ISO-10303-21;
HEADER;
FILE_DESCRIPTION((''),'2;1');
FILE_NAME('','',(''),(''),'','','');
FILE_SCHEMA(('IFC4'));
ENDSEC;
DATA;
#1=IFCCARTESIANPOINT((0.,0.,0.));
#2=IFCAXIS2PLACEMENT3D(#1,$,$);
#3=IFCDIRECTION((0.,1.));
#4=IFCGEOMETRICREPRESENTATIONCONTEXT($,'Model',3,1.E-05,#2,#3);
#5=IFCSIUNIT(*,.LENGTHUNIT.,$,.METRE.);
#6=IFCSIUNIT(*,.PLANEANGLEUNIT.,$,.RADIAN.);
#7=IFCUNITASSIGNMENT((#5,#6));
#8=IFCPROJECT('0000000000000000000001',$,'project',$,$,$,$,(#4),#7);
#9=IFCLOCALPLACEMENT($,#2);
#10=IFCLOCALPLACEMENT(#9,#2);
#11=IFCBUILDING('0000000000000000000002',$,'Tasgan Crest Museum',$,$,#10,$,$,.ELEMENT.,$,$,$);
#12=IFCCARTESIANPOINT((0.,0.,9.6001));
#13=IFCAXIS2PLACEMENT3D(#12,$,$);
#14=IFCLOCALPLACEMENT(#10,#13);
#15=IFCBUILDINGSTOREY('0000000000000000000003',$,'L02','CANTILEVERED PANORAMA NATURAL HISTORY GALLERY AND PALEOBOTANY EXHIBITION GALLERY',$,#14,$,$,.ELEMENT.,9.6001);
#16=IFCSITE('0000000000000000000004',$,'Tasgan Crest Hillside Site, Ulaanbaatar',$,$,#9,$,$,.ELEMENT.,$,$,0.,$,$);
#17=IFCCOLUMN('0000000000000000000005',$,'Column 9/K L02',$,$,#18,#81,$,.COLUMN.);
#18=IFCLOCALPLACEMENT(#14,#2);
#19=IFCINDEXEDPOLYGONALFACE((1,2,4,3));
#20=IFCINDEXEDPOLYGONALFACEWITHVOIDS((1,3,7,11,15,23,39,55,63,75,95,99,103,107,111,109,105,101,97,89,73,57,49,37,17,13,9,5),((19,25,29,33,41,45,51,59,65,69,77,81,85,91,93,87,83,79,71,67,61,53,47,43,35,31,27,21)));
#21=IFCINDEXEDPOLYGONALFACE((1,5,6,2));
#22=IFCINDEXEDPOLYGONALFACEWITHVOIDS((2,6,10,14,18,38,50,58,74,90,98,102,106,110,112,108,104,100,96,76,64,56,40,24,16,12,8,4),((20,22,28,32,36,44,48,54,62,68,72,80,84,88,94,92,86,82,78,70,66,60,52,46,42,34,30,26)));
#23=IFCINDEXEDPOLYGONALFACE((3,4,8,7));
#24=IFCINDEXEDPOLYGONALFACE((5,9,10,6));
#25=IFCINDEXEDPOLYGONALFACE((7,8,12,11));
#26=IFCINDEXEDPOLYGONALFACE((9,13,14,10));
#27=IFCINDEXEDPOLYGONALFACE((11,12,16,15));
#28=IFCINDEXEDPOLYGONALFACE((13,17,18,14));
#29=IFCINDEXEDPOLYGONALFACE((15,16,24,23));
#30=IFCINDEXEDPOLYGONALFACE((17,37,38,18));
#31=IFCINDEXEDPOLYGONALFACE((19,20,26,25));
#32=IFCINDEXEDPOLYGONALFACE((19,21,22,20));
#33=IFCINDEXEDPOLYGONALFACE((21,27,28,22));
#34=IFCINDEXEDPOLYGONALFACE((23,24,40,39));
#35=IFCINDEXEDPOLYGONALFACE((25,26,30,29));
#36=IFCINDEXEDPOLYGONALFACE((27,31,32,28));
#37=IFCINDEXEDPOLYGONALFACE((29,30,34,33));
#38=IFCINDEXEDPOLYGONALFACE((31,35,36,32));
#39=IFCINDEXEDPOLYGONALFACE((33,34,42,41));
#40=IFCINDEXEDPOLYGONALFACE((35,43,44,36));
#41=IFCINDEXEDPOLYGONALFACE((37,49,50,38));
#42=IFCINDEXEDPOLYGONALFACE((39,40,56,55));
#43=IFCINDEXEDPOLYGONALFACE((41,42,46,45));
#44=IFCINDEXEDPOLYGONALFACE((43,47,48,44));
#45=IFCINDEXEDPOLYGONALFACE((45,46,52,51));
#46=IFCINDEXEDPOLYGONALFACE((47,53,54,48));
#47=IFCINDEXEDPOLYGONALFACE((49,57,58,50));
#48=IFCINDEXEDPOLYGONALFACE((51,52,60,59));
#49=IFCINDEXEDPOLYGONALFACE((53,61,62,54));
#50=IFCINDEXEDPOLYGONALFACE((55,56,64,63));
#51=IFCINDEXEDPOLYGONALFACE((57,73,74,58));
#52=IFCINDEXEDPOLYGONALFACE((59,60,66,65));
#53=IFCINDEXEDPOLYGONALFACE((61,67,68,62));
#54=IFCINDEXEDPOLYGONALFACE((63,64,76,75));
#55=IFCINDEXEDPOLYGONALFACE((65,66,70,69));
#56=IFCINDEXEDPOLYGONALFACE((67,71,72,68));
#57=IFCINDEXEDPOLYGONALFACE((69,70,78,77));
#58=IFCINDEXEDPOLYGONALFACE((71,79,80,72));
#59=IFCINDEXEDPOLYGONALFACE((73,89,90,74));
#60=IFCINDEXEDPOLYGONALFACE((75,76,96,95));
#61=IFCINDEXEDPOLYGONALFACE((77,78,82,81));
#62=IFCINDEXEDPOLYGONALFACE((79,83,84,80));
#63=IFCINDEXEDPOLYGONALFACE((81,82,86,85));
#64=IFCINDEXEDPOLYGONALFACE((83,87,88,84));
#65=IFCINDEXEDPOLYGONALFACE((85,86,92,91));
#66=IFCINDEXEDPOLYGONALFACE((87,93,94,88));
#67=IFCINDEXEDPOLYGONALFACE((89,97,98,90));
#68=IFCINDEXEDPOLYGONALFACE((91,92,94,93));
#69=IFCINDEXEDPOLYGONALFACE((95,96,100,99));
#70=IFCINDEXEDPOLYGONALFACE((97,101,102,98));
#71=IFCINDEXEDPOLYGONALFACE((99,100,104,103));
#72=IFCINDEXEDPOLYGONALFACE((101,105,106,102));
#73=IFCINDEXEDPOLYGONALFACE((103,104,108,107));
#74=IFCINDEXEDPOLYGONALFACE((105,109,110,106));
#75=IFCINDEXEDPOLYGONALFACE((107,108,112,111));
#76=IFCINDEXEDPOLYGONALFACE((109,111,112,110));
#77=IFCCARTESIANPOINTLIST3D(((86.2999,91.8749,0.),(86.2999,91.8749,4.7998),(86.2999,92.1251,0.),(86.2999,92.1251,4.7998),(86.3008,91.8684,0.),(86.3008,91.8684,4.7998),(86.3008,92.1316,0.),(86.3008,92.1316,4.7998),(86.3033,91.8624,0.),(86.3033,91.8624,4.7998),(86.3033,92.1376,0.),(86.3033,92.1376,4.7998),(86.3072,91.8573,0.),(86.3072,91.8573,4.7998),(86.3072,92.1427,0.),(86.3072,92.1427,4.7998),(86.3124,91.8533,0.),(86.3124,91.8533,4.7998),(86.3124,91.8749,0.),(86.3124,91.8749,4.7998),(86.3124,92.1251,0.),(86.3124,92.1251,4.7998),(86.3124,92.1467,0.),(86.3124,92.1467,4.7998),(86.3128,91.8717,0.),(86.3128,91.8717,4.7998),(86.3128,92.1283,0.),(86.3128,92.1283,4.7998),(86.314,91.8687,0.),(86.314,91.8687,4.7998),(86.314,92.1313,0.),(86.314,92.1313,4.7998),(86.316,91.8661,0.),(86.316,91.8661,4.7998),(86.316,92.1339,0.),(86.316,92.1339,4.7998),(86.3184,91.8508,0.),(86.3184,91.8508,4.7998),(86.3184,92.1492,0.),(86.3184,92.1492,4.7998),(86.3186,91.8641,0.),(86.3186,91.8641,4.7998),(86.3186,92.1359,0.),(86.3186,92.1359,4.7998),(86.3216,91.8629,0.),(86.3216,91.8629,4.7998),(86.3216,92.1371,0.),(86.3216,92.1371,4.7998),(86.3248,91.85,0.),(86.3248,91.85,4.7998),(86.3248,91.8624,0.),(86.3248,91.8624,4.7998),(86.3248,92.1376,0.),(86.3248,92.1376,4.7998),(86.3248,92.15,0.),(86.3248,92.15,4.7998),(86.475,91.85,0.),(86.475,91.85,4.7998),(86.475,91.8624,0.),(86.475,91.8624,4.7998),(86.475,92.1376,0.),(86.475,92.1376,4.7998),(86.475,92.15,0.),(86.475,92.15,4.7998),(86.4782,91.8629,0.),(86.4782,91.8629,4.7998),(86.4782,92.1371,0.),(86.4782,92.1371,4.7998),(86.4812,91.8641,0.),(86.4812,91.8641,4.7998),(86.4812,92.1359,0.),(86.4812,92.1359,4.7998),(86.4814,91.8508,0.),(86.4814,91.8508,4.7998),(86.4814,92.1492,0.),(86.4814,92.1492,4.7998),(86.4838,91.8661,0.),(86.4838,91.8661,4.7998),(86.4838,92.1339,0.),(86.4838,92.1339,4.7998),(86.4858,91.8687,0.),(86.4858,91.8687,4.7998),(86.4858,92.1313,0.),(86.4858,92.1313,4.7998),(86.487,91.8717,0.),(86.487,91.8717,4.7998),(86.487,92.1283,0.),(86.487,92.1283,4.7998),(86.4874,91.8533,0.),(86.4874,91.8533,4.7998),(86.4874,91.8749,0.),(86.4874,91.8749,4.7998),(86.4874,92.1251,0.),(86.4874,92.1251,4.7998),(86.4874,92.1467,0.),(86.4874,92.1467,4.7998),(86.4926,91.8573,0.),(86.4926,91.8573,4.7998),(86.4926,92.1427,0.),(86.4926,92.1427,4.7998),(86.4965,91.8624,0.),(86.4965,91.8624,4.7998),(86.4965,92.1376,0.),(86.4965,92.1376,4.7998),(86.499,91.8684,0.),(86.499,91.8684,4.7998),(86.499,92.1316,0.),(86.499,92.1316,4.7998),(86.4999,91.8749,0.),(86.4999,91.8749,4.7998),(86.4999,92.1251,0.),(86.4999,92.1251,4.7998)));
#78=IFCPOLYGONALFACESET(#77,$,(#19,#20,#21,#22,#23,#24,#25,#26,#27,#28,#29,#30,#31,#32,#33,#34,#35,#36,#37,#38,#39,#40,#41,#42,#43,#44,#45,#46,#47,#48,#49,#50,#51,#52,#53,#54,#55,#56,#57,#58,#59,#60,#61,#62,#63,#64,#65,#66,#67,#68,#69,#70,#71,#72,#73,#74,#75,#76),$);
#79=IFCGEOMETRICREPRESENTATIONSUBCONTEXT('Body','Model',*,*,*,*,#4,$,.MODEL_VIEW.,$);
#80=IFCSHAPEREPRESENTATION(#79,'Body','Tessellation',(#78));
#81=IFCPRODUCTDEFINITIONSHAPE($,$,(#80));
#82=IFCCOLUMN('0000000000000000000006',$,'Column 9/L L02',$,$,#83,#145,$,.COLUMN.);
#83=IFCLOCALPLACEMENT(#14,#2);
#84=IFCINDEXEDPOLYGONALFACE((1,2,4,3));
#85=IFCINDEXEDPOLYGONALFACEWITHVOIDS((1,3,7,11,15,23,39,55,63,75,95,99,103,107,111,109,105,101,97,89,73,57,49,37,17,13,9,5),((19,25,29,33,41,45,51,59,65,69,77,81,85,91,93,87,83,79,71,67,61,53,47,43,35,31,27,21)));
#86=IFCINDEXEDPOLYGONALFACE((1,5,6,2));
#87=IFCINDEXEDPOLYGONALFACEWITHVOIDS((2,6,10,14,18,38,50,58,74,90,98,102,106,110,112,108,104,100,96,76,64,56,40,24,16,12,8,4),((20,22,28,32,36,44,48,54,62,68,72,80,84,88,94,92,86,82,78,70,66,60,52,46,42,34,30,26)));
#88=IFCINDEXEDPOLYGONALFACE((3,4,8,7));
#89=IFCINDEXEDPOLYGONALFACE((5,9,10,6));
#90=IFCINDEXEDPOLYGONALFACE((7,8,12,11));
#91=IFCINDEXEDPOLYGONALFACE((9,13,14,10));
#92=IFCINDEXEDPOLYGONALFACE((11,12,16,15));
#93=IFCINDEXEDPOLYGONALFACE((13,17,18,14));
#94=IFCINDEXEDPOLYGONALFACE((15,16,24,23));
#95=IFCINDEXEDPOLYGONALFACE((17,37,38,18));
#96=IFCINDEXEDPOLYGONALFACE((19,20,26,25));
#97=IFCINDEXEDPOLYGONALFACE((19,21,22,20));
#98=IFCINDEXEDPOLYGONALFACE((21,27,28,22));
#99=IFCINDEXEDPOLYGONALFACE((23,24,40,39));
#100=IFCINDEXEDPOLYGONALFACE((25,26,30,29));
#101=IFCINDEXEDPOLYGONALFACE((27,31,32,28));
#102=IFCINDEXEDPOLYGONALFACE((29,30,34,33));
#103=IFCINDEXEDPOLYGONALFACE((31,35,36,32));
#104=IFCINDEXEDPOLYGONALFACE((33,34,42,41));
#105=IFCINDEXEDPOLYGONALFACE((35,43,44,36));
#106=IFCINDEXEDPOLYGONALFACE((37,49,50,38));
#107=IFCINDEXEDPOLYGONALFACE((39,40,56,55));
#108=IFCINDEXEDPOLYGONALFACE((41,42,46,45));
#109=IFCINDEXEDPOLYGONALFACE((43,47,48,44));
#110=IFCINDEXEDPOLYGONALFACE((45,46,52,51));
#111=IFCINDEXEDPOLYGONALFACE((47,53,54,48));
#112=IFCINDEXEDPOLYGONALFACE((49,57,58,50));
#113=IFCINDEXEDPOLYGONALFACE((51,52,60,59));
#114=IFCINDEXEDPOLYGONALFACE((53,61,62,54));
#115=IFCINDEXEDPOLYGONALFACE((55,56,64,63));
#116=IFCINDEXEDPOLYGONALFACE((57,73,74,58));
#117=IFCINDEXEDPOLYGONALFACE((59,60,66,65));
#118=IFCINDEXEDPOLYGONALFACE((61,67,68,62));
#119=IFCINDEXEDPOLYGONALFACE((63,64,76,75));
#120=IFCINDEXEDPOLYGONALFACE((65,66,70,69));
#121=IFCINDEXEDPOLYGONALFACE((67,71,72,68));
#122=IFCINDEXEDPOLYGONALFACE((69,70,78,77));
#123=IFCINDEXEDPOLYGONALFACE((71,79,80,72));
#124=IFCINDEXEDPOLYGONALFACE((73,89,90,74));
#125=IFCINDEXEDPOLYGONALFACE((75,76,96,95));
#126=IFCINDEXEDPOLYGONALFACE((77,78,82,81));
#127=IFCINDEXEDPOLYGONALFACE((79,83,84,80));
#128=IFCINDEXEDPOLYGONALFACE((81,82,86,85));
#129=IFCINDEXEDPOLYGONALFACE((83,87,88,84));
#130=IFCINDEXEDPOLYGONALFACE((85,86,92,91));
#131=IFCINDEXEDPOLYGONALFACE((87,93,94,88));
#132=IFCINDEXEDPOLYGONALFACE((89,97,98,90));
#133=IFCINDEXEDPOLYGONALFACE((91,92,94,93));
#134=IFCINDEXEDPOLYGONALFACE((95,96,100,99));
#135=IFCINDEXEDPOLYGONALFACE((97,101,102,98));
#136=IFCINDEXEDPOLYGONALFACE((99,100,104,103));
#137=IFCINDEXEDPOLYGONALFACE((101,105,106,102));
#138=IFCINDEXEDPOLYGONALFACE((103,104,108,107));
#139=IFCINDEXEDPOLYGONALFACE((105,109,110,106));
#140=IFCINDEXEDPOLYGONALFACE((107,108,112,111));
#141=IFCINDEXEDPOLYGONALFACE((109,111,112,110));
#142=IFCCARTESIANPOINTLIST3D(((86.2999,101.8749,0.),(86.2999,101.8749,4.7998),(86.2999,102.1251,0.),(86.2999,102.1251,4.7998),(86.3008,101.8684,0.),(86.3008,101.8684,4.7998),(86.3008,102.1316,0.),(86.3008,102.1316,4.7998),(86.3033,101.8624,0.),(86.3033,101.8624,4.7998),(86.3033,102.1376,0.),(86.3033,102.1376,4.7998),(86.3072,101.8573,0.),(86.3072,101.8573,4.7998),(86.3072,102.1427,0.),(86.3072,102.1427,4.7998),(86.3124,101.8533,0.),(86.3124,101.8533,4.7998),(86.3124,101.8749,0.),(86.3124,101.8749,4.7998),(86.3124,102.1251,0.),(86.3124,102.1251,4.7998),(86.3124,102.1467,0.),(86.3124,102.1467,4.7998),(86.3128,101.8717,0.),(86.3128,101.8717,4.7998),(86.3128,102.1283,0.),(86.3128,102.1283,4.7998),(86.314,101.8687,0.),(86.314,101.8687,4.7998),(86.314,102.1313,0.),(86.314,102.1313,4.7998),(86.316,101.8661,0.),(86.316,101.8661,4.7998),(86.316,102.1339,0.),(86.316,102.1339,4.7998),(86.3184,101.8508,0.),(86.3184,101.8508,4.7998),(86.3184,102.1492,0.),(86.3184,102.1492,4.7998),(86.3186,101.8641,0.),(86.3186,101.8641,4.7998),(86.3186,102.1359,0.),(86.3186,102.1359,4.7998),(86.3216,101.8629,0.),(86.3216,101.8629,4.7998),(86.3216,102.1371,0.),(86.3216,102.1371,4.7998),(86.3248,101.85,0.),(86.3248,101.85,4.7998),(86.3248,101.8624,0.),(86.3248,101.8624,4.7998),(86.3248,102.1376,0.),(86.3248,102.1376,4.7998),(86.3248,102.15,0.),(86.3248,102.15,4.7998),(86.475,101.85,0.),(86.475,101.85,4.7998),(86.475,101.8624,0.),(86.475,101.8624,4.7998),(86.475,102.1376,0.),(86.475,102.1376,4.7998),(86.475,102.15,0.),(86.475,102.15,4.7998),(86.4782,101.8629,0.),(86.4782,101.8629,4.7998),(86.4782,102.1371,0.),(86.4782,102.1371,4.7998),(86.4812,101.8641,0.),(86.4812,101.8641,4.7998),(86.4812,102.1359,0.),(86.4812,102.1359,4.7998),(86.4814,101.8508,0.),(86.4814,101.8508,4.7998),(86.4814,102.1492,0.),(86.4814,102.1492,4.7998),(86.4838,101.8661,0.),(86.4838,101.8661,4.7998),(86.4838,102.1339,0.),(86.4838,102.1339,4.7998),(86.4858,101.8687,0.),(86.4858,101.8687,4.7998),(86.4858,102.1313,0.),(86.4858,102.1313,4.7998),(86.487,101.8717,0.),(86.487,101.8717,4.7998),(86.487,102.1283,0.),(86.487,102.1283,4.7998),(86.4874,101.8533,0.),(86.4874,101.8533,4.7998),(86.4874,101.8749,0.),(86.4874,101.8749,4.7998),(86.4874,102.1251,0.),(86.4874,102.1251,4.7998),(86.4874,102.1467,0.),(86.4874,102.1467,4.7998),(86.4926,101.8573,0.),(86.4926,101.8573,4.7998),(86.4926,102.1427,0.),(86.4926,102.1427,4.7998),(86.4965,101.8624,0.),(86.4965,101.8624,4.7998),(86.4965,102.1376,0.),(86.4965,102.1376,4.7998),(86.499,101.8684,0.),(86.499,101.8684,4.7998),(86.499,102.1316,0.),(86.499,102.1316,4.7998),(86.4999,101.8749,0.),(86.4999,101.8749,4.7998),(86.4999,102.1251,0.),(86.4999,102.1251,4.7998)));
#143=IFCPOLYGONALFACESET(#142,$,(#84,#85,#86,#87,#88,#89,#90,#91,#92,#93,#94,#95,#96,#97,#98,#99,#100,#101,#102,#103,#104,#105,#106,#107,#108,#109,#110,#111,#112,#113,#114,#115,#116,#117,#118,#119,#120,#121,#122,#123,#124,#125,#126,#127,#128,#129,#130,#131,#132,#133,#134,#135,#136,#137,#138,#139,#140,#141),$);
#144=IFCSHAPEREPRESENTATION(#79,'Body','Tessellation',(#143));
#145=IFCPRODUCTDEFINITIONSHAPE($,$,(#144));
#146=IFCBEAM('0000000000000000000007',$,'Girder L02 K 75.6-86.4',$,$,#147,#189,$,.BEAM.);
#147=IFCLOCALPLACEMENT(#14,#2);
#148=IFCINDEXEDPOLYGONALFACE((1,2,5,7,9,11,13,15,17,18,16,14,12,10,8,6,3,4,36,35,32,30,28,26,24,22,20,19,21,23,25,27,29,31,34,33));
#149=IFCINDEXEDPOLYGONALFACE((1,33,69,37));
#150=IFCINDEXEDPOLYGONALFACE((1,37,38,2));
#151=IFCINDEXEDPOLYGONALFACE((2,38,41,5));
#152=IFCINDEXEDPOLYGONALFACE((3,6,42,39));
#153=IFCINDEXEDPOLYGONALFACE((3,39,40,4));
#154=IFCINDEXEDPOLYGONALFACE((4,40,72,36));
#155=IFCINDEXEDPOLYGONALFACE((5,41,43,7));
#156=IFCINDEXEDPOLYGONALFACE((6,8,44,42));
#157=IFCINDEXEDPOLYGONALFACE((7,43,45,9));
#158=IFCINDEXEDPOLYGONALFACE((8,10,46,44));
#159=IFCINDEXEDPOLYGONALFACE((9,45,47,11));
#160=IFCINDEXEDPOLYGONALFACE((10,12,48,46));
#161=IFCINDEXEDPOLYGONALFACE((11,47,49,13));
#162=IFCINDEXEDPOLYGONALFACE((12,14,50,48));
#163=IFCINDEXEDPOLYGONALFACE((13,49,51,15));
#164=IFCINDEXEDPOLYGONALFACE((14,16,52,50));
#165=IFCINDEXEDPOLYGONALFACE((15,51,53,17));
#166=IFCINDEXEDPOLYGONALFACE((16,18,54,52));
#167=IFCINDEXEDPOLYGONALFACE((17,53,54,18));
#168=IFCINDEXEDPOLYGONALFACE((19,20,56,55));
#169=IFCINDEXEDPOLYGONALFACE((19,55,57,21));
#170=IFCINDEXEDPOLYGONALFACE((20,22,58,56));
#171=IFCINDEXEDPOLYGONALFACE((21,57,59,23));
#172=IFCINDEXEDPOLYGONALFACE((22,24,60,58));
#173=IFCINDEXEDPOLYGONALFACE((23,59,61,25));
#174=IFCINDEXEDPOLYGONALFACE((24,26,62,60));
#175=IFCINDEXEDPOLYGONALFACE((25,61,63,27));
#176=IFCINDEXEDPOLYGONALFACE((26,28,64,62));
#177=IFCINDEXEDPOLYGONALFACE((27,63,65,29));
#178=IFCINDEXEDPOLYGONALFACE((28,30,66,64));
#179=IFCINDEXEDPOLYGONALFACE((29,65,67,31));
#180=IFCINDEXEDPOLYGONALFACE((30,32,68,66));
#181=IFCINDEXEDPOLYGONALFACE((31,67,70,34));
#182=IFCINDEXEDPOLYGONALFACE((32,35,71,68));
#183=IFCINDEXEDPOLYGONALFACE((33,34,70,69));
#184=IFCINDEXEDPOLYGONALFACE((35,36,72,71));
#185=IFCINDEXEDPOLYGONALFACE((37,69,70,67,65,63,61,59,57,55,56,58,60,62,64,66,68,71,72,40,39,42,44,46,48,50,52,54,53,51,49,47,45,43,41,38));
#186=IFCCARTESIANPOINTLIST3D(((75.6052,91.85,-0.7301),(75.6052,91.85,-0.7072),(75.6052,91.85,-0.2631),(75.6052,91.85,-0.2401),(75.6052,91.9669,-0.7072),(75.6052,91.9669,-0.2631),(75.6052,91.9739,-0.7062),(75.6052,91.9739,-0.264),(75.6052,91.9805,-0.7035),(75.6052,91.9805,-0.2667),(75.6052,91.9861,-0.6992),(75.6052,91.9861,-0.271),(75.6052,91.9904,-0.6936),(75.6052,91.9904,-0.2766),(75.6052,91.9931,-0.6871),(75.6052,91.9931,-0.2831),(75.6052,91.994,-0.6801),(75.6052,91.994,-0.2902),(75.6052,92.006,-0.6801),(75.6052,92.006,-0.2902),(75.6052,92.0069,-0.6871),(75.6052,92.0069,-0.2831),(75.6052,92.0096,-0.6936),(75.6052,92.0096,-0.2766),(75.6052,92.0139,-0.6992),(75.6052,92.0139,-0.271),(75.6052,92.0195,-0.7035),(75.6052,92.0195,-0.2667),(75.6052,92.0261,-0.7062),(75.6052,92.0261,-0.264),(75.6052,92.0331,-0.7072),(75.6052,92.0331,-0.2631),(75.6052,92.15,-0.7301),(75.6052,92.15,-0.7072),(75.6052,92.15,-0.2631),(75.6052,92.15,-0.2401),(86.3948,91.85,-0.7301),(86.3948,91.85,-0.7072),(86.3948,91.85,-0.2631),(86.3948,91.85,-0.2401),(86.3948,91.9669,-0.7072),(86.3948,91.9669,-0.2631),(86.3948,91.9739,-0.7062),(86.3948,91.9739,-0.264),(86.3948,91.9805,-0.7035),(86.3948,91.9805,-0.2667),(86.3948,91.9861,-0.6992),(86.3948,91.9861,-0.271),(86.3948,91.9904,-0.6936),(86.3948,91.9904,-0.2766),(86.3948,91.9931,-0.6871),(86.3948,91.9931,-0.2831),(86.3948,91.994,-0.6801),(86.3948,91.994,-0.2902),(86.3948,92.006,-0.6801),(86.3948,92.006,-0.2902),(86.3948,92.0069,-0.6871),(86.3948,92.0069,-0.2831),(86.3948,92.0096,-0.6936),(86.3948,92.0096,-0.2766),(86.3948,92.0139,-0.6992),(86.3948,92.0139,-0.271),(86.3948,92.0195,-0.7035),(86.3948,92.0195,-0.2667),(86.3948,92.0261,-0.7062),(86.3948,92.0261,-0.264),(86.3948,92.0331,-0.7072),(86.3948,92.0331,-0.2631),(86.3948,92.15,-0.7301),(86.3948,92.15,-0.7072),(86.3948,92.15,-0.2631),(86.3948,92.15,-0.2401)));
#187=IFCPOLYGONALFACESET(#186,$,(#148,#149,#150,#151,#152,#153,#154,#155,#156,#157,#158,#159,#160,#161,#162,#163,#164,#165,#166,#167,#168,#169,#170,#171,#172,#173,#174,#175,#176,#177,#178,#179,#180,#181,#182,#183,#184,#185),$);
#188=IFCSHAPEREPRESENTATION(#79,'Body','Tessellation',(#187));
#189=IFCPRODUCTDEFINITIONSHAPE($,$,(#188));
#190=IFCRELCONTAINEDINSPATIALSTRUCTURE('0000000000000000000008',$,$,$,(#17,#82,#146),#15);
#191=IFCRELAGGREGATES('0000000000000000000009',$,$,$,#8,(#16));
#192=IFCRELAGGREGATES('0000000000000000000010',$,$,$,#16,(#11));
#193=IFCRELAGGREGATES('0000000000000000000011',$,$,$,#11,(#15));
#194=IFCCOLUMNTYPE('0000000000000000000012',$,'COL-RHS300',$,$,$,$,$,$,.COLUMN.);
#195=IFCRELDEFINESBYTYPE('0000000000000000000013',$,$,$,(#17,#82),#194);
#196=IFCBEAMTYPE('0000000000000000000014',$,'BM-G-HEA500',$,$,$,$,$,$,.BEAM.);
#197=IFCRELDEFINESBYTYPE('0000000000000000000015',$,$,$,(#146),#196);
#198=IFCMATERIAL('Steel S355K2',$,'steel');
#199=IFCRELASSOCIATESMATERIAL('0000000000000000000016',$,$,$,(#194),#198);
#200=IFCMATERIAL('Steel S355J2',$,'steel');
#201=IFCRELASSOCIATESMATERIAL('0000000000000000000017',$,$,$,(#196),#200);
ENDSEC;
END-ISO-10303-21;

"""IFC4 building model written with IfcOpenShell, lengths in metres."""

from ifc_helpers import new_model, si_unit, direction, frame, origin, origin_2d, place, context, subcontext, project, spatial, hollow_rectangle, i_section, extrude, material, material_profile, profile_set, type_object, element, save


model = new_model("IFC4")

# Units and contexts
model_context = context("Model", 3, precision=1e-05, world=origin(), true_north=direction((0.0, 1.0)))
body_context = subcontext(model_context, "Body", "Model", "MODEL_VIEW")
ifc_project = project(units=[si_unit("LENGTHUNIT", "METRE"), si_unit("PLANEANGLEUNIT", "RADIAN")], contexts=[model_context])

# Site, building, storey
site_placement = place(None, origin())
site = spatial("IfcSite", under=ifc_project, at=site_placement, Name="Tasgan Crest Hillside Site, Ulaanbaatar", CompositionType="ELEMENT", RefElevation=0.0)
building_placement = place(site_placement, origin())
building = spatial("IfcBuilding", under=site, at=building_placement, Name="Tasgan Crest Museum", CompositionType="ELEMENT")
storey_placement = place(building_placement, frame((0.0, 0.0, 9.6001)))
storey = spatial("IfcBuildingStorey", under=building, at=storey_placement, Name="L02", Description="CANTILEVERED PANORAMA NATURAL HISTORY GALLERY AND PALEOBOTANY EXHIBITION GALLERY", CompositionType="ELEMENT", Elevation=9.6001)

# Columns
ifc_material_1 = material(Name="Steel S355K2", Category="steel")
ifc_material_profile_1 = material_profile(ifc_material_1, hollow_rectangle(XDim=0.2, YDim=0.3, WallThickness=0.0125, InnerFilletRadius=0.0125, OuterFilletRadius=0.0249, at=origin_2d()), Name="RHS 300x200x12.5")
ifc_profile_set_1 = profile_set([ifc_material_profile_1], Name="Steel S355K2")
column_type_1 = type_object("IfcColumnType", Name="COL-RHS300", PredefinedType="COLUMN", material=ifc_profile_set_1)
for number, where, z_axis, x_axis, name in (
    (1, (86.3999, 92.0, 0.0), (0.0, 0.0, 1.0), (1.0, 0.0, 0.0), "Column 9/K L02"),
    (2, (86.3999, 102.0, 0.0), (0.0, 0.0, 1.0), (1.0, 0.0, 0.0), "Column 9/L L02"),
):
    element("IfcColumn", number, at=place(storey_placement, frame(where, z_axis=z_axis, x_axis=x_axis)), inside=storey, type_object=column_type_1, Name=name, PredefinedType="COLUMN", context=body_context, shape_type="SweptSolid", body=[
        extrude(hollow_rectangle(XDim=0.2, YDim=0.3, WallThickness=0.0125, InnerFilletRadius=0.0125, OuterFilletRadius=0.0249, at=origin_2d()), origin(), (0.0, 0.0, 1.0), 4.7998),
    ])

# Beam
ifc_material_2 = material(Name="Steel S355J2", Category="steel")
ifc_material_profile_2 = material_profile(ifc_material_2, i_section(OverallWidth=0.3, OverallDepth=0.49, WebThickness=0.012, FlangeThickness=0.0229, FilletRadius=0.0271, at=origin_2d()), Name="HEA 500")
ifc_profile_set_2 = profile_set([ifc_material_profile_2], Name="Steel S355J2")
beam_type_1 = type_object("IfcBeamType", Name="BM-G-HEA500", PredefinedType="BEAM", material=ifc_profile_set_2)
for number, where, z_axis, x_axis, name in (
    (3, (75.6052, 92.0, -0.4851), (1.0, 0.0, 0.0), (0.0, 1.0, 0.0), "Girder L02 K 75.6-86.4"),
):
    element("IfcBeam", number, at=place(storey_placement, frame(where, z_axis=z_axis, x_axis=x_axis)), inside=storey, type_object=beam_type_1, Name=name, PredefinedType="BEAM", context=body_context, shape_type="SweptSolid", body=[
        extrude(i_section(OverallWidth=0.3, OverallDepth=0.49, WebThickness=0.012, FlangeThickness=0.0229, FilletRadius=0.0271, at=origin_2d()), origin(), (0.0, 0.0, 1.0), 10.7896),
    ])

save(model, "model.ifc")
